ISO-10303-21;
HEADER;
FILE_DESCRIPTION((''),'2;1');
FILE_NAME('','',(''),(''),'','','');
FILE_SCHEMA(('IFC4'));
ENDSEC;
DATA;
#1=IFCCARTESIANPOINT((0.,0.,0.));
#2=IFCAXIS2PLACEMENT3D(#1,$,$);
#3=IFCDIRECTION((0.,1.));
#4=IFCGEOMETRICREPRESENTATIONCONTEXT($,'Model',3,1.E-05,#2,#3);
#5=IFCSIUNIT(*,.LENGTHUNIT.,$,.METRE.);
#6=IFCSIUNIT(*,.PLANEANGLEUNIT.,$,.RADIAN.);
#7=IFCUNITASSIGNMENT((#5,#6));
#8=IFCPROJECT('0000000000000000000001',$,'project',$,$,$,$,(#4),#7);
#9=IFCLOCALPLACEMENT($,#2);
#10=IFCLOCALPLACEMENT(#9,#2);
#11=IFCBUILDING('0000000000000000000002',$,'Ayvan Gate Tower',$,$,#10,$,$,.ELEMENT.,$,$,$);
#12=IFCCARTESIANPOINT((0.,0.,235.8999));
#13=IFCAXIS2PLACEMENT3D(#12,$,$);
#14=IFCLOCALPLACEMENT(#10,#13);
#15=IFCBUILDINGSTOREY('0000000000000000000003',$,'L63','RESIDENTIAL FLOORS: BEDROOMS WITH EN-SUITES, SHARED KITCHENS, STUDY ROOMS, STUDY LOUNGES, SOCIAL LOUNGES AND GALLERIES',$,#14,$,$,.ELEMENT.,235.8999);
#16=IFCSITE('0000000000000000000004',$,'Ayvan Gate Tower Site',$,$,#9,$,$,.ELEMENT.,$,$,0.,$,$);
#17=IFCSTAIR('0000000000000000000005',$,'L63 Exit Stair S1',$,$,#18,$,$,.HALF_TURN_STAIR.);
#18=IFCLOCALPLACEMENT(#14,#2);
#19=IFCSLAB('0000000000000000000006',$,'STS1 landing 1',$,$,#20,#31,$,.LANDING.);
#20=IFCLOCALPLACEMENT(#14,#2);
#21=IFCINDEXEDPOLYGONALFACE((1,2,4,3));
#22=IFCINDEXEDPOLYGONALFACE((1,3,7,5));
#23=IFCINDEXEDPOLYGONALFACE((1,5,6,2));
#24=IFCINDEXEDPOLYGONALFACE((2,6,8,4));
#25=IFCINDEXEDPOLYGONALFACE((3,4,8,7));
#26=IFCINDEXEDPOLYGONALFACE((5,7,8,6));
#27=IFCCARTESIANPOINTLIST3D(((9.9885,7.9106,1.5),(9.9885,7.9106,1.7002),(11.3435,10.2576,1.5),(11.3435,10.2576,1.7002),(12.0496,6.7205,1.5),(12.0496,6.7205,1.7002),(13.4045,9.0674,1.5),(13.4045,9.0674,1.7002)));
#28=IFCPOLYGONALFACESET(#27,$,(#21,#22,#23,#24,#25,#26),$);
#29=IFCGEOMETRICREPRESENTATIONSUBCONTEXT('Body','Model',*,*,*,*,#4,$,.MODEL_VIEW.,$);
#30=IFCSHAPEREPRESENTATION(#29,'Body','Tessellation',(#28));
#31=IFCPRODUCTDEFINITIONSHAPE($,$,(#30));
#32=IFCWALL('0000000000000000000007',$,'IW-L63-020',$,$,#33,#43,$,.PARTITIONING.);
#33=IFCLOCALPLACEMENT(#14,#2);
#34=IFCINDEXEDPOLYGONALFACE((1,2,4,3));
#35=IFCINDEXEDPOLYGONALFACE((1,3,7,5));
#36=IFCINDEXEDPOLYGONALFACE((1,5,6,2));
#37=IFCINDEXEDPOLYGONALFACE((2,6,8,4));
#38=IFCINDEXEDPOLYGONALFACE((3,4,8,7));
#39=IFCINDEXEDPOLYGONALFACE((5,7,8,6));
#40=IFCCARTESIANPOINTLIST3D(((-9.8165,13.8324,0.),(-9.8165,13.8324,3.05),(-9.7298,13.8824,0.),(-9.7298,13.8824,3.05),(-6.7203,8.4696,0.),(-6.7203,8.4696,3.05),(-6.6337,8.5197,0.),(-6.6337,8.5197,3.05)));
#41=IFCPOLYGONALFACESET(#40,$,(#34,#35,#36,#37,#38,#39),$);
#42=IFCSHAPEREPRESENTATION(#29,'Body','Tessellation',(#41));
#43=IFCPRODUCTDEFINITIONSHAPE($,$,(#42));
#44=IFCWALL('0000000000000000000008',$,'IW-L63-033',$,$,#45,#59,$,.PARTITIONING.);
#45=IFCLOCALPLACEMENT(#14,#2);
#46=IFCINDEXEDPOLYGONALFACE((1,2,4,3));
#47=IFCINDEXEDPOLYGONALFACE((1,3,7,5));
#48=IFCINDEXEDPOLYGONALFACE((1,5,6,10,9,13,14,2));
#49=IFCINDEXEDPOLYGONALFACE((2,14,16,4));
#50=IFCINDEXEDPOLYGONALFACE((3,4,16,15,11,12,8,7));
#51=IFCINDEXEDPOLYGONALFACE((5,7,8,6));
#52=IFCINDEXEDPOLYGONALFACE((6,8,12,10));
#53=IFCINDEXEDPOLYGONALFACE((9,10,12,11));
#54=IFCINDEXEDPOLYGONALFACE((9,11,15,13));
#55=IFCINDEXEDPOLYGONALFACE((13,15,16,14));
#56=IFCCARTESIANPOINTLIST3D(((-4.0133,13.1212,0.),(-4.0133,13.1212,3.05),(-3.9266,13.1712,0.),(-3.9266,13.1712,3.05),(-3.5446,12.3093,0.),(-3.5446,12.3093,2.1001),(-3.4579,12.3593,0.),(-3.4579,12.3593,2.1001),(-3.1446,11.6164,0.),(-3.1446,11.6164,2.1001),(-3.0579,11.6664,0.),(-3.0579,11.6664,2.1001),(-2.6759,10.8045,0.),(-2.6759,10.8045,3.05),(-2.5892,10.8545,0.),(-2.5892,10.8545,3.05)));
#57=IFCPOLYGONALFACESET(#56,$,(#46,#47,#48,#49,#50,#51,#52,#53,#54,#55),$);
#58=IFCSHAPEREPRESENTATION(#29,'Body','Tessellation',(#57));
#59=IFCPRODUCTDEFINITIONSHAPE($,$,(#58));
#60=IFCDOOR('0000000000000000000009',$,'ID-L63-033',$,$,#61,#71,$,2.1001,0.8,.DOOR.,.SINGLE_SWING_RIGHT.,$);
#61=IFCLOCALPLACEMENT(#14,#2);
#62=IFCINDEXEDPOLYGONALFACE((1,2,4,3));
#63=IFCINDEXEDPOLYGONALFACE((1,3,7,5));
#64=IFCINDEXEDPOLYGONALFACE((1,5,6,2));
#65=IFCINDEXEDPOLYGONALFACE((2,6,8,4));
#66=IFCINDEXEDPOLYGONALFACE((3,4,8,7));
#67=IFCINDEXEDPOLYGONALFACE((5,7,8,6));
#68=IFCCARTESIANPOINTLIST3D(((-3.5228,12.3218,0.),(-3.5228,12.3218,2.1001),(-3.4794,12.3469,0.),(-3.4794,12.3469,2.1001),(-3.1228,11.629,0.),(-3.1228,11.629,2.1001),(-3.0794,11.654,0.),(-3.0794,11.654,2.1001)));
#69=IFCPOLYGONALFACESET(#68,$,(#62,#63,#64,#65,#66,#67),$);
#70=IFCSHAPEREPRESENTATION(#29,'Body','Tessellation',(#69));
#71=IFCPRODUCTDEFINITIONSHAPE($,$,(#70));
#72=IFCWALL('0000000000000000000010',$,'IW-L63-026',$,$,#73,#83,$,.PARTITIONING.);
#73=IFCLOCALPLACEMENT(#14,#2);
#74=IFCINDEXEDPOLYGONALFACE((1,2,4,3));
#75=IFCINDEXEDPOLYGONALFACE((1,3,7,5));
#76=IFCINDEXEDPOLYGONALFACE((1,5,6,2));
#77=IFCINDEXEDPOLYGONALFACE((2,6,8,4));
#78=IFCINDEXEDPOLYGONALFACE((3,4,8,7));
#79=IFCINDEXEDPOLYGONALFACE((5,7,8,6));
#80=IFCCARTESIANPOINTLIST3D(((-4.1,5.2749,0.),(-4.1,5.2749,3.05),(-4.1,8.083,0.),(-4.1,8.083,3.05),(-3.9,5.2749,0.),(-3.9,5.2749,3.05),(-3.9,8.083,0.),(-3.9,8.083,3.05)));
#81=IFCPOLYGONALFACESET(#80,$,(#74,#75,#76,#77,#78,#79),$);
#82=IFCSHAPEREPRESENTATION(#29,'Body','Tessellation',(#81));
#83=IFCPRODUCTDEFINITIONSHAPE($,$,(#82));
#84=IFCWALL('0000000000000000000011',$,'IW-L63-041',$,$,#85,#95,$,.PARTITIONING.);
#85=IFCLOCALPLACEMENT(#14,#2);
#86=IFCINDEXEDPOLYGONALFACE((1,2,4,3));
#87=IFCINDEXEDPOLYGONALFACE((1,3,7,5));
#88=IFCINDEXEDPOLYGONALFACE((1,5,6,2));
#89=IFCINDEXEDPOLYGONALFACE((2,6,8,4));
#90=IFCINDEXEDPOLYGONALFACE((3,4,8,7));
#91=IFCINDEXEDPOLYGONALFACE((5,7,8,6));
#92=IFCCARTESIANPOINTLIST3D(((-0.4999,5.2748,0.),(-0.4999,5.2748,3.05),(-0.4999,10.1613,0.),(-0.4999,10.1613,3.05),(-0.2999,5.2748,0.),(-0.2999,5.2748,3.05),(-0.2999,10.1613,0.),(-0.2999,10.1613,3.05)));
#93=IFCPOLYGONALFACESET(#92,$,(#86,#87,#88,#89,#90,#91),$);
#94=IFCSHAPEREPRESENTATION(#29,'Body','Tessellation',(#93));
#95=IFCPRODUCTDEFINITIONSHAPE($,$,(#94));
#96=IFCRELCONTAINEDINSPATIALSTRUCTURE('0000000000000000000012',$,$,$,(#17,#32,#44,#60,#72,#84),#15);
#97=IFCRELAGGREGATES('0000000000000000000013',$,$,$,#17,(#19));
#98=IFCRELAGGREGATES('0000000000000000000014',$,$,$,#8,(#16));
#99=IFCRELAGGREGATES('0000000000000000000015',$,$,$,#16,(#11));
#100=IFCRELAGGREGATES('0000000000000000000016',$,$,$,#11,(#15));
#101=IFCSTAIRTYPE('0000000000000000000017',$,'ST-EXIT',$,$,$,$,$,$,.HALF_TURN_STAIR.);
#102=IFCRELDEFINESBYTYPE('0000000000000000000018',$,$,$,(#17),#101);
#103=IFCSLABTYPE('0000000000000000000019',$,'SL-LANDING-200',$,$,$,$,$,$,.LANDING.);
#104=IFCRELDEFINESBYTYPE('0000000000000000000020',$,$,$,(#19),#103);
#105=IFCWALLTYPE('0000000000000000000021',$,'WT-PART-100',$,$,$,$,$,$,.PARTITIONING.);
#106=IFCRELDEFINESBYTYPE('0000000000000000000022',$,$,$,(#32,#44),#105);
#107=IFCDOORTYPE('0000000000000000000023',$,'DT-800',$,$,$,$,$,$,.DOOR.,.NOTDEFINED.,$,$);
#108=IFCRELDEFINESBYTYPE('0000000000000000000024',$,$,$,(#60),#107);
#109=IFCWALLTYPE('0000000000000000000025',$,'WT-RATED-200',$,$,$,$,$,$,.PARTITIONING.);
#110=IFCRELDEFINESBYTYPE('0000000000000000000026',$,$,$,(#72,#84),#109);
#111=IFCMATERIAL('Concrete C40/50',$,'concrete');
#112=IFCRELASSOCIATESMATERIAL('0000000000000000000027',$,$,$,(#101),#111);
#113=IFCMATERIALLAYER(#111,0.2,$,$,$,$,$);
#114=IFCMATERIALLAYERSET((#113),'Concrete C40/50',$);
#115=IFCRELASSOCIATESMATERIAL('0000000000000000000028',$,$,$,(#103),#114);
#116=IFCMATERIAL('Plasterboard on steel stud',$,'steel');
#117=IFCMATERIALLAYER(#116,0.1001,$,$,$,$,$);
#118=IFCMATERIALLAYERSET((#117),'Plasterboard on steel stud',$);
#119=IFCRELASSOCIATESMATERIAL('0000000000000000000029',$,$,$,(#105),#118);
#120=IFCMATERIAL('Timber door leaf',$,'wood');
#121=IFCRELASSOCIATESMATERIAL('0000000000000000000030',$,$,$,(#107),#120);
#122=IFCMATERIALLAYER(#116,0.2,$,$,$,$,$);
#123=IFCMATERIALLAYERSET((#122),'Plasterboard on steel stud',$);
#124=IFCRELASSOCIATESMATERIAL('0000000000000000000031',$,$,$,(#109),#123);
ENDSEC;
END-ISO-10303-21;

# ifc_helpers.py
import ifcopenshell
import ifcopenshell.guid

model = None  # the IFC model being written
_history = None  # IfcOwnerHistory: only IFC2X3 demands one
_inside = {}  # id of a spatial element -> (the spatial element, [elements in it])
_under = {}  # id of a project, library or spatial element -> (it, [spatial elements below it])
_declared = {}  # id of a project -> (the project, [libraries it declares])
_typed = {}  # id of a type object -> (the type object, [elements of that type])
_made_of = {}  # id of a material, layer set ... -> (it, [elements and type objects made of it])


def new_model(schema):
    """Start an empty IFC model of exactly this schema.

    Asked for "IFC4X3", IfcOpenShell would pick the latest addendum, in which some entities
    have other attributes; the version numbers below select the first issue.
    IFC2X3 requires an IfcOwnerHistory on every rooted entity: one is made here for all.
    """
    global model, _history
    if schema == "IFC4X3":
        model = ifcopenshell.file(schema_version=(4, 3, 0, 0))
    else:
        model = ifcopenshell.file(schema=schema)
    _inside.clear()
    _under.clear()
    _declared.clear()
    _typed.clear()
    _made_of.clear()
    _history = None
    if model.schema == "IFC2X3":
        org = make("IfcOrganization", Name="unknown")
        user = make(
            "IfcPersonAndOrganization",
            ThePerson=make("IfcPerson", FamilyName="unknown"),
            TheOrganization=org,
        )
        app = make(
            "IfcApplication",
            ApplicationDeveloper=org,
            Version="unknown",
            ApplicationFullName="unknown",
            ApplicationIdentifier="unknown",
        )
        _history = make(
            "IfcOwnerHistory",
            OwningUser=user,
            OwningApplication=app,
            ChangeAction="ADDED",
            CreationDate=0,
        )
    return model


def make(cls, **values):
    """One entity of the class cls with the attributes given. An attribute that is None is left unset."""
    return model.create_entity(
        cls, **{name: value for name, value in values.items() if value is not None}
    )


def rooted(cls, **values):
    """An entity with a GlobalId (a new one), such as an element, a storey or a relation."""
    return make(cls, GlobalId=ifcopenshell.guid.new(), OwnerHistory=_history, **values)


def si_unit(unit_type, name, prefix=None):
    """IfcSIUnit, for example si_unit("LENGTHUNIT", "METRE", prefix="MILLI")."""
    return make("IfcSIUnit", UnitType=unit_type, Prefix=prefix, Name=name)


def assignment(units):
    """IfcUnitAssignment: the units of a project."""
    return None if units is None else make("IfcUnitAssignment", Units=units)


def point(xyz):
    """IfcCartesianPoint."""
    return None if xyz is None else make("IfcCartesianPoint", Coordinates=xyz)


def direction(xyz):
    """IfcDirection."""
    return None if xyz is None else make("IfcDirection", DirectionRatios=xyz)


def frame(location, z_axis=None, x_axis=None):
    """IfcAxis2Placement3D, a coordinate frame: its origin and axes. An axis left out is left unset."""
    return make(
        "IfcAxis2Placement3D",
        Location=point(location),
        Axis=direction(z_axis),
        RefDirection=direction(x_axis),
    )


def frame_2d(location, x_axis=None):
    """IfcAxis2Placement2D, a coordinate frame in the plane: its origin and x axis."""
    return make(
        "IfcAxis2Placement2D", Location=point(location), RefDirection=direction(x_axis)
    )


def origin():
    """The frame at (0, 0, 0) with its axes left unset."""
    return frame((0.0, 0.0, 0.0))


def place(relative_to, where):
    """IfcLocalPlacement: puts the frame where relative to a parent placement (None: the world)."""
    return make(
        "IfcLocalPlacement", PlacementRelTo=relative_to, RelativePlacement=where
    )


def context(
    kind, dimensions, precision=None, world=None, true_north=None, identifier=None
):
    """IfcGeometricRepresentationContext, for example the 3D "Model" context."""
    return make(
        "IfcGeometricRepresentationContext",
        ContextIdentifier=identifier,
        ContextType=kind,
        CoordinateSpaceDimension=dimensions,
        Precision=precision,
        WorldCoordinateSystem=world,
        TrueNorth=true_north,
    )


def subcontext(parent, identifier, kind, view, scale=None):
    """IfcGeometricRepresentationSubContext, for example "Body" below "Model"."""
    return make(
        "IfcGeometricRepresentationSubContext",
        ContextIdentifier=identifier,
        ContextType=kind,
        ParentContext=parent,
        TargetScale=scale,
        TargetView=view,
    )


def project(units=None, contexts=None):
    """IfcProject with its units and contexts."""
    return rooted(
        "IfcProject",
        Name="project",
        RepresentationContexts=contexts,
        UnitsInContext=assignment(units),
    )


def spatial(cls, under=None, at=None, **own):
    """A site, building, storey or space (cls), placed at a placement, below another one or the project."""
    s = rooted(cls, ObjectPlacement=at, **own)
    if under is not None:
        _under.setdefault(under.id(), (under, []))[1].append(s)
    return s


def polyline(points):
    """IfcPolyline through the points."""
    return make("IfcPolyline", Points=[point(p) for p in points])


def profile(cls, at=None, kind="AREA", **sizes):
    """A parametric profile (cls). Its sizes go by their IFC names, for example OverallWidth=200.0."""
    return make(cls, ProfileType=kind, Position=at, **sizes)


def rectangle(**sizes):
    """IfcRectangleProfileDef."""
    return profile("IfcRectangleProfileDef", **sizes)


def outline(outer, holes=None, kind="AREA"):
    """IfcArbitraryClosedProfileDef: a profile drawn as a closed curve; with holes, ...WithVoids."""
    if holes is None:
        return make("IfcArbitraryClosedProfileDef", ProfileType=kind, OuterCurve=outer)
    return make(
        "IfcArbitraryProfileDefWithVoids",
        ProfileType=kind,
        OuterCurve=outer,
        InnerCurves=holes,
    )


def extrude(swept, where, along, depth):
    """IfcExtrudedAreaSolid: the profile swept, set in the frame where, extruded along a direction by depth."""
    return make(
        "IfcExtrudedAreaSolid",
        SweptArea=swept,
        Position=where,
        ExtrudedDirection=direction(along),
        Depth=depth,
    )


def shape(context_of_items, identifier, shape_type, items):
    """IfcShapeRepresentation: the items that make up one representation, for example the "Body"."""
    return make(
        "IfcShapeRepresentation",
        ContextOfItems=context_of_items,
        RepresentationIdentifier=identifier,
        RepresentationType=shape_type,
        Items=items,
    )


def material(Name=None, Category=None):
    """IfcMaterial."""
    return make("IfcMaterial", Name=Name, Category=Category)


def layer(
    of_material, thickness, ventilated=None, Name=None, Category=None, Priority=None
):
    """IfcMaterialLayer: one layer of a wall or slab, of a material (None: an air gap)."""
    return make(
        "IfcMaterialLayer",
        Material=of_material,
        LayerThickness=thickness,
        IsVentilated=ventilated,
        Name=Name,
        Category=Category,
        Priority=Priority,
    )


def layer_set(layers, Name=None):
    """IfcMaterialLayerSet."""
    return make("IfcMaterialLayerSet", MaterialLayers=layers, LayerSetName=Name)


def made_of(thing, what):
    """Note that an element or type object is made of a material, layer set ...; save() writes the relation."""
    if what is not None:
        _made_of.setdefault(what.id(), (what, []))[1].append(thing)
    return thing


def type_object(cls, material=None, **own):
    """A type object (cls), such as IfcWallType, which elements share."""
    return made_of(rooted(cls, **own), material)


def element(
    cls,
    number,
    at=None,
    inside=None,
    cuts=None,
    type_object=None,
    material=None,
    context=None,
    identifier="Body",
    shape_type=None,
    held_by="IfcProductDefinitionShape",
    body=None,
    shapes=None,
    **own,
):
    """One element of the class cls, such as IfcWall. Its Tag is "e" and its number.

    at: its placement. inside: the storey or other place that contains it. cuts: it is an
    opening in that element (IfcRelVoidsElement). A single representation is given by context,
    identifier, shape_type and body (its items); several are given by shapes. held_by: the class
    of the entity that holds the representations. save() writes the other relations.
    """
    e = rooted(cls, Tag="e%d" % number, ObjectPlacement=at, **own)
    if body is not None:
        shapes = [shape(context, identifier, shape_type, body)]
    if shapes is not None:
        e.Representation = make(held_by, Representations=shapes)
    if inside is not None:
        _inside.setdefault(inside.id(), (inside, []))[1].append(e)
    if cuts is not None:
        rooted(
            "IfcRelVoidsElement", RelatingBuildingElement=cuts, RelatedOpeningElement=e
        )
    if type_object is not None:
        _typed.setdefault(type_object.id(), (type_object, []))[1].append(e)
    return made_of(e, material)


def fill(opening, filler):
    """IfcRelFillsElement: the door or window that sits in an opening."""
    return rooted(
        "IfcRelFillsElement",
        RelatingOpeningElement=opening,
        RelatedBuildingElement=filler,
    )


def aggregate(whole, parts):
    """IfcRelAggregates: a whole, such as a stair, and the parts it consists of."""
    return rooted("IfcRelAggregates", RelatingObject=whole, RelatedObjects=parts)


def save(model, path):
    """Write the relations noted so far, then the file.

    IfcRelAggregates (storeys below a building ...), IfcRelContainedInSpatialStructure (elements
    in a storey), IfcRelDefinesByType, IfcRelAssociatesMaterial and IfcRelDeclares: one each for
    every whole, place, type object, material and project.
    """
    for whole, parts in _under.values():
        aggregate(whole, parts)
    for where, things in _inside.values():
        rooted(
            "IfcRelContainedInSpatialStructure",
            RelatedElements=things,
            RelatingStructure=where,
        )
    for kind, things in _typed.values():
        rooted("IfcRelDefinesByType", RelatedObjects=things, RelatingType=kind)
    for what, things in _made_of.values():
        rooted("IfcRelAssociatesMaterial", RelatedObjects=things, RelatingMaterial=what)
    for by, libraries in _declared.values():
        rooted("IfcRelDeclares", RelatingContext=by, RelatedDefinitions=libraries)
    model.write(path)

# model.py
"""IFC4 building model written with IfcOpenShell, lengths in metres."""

from ifc_helpers import new_model, si_unit, direction, frame, frame_2d, origin, place, context, subcontext, project, spatial, polyline, rectangle, outline, extrude, material, layer, layer_set, type_object, element, fill, aggregate, save


model = new_model("IFC4")

# Units and contexts
model_context = context("Model", 3, precision=1e-05, world=origin(), true_north=direction((0.0, 1.0)))
body_context = subcontext(model_context, "Body", "Model", "MODEL_VIEW")
ifc_project = project(units=[si_unit("LENGTHUNIT", "METRE"), si_unit("PLANEANGLEUNIT", "RADIAN")], contexts=[model_context])

# Site, building, storey
site_placement = place(None, origin())
site = spatial("IfcSite", under=ifc_project, at=site_placement, Name="Ayvan Gate Tower Site", CompositionType="ELEMENT", RefElevation=0.0)
building_placement = place(site_placement, origin())
building = spatial("IfcBuilding", under=site, at=building_placement, Name="Ayvan Gate Tower", CompositionType="ELEMENT")
storey_placement = place(building_placement, frame((0.0, 0.0, 235.8999)))
storey = spatial("IfcBuildingStorey", under=building, at=storey_placement, Name="L63", Description="RESIDENTIAL FLOORS: BEDROOMS WITH EN-SUITES, SHARED KITCHENS, STUDY ROOMS, STUDY LOUNGES, SOCIAL LOUNGES AND GALLERIES", CompositionType="ELEMENT", Elevation=235.8999)

# Stair, slab
ifc_material_1 = material(Name="Concrete C40/50", Category="concrete")
stair_type = type_object("IfcStairType", Name="ST-EXIT", PredefinedType="HALF_TURN_STAIR", material=ifc_material_1)
stair_placement = place(storey_placement, origin())
stair = element("IfcStair", 1, at=stair_placement, inside=storey, type_object=stair_type, Name="L63 Exit Stair S1", PredefinedType="HALF_TURN_STAIR")
ifc_layer_1 = layer(ifc_material_1, 0.2)
ifc_layer_set_1 = layer_set([ifc_layer_1], Name="Concrete C40/50")
slab_type = type_object("IfcSlabType", Name="SL-LANDING-200", PredefinedType="LANDING", material=ifc_layer_set_1)
slab_placement = place(storey_placement, frame((0.0, 0.0, 1.5)))
slab = element("IfcSlab", 2, at=slab_placement, type_object=slab_type, Name="STS1 landing 1", PredefinedType="LANDING", context=body_context, shape_type="SweptSolid", body=[
    extrude(outline(polyline([(9.9885, 7.9106), (12.0496, 6.7205), (13.4045, 9.0674), (11.3435, 10.2576), (9.9885, 7.9106)])), origin(), (0.0, 0.0, 1.0), 0.2002),
])
aggregate(stair, [slab])

# Wall
ifc_material_2 = material(Name="Plasterboard on steel stud", Category="steel")
ifc_layer_2 = layer(ifc_material_2, 0.1001)
ifc_layer_set_2 = layer_set([ifc_layer_2], Name="Plasterboard on steel stud")
wall_type_1 = type_object("IfcWallType", Name="WT-PART-100", PredefinedType="PARTITIONING", material=ifc_layer_set_2)
wall_1_placement = place(storey_placement, frame((-6.677, 8.4946, 0.0), z_axis=(0.0, 0.0, 1.0), x_axis=(-0.499998, 0.866027, 0.0)))
element("IfcWall", 3, at=wall_1_placement, inside=storey, type_object=wall_type_1, Name="IW-L63-020", PredefinedType="PARTITIONING", context=body_context, shape_type="SweptSolid", body=[
    extrude(rectangle(XDim=6.1924, YDim=0.1001, at=frame_2d((3.0962, 0.0))), origin(), (0.0, 0.0, 1.0), 3.05),
])

# Wall, opening, door
wall_2_placement = place(storey_placement, frame((-2.6326, 10.8296, 0.0), z_axis=(0.0, 0.0, 1.0), x_axis=(-0.499967, 0.866044, 0.0)))
wall_2 = element("IfcWall", 4, at=wall_2_placement, inside=storey, type_object=wall_type_1, Name="IW-L63-033", PredefinedType="PARTITIONING", context=body_context, shape_type="SweptSolid", body=[
    extrude(rectangle(XDim=2.675, YDim=0.1001, at=frame_2d((1.3374, 0.0))), origin(), (0.0, 0.0, 1.0), 3.05),
])
opening_1_placement = place(wall_2_placement, frame((0.9375, 0.0, 0.0)))
opening_1 = element("IfcOpeningElement", 5, at=opening_1_placement, cuts=wall_2, PredefinedType="OPENING", context=body_context, shape_type="SweptSolid", body=[
    extrude(rectangle(XDim=0.8, YDim=2.1001, at=frame_2d((0.3999, 1.05))), frame((0.0, 0.0601, 0.0), z_axis=(0.0, -1.0, 0.0), x_axis=(1.0, 0.0, 0.0)), (0.0, 0.0, 1.0), 0.1201),
])
ifc_material_3 = material(Name="Timber door leaf", Category="wood")
door_type_1 = type_object("IfcDoorType", Name="DT-800", OperationType="NOTDEFINED", PredefinedType="DOOR", material=ifc_material_3)
door_1_placement = place(opening_1_placement, origin())
door_1 = element("IfcDoor", 6, at=door_1_placement, inside=storey, type_object=door_type_1, Name="ID-L63-033", OperationType="SINGLE_SWING_RIGHT", OverallHeight=2.1001, OverallWidth=0.8, PredefinedType="DOOR", context=body_context, shape_type="SweptSolid", body=[
    extrude(rectangle(XDim=0.8, YDim=2.1001, at=frame_2d((0.3999, 1.05))), frame((0.0, 0.0249, 0.0), z_axis=(0.0, -1.0, 0.0), x_axis=(1.0, 0.0, 0.0)), (0.0, 0.0, 1.0), 0.05),
])
fill(opening_1, door_1)

# Walls
ifc_layer_3 = layer(ifc_material_2, 0.2)
ifc_layer_set_3 = layer_set([ifc_layer_3], Name="Plasterboard on steel stud")
wall_type_2 = type_object("IfcWallType", Name="WT-RATED-200", PredefinedType="PARTITIONING", material=ifc_layer_set_3)
wall_3_placement = place(storey_placement, frame((-4.0, 8.083, 0.0), z_axis=(0.0, 0.0, 1.0), x_axis=(0.0, -1.0, 0.0)))
element("IfcWall", 7, at=wall_3_placement, inside=storey, type_object=wall_type_2, Name="IW-L63-026", PredefinedType="PARTITIONING", context=body_context, shape_type="SweptSolid", body=[
    extrude(rectangle(XDim=2.8081, YDim=0.2, at=frame_2d((1.4041, 0.0))), origin(), (0.0, 0.0, 1.0), 3.05),
])
wall_4_placement = place(storey_placement, frame((-0.3999, 10.1614, 0.0), z_axis=(0.0, 0.0, 1.0), x_axis=(0.0, -1.0, 0.0)))
element("IfcWall", 8, at=wall_4_placement, inside=storey, type_object=wall_type_2, Name="IW-L63-041", PredefinedType="PARTITIONING", context=body_context, shape_type="SweptSolid", body=[
    extrude(rectangle(XDim=4.8865, YDim=0.2, at=frame_2d((2.4434, 0.0))), origin(), (0.0, 0.0, 1.0), 3.05),
])

save(model, "model.ifc")
